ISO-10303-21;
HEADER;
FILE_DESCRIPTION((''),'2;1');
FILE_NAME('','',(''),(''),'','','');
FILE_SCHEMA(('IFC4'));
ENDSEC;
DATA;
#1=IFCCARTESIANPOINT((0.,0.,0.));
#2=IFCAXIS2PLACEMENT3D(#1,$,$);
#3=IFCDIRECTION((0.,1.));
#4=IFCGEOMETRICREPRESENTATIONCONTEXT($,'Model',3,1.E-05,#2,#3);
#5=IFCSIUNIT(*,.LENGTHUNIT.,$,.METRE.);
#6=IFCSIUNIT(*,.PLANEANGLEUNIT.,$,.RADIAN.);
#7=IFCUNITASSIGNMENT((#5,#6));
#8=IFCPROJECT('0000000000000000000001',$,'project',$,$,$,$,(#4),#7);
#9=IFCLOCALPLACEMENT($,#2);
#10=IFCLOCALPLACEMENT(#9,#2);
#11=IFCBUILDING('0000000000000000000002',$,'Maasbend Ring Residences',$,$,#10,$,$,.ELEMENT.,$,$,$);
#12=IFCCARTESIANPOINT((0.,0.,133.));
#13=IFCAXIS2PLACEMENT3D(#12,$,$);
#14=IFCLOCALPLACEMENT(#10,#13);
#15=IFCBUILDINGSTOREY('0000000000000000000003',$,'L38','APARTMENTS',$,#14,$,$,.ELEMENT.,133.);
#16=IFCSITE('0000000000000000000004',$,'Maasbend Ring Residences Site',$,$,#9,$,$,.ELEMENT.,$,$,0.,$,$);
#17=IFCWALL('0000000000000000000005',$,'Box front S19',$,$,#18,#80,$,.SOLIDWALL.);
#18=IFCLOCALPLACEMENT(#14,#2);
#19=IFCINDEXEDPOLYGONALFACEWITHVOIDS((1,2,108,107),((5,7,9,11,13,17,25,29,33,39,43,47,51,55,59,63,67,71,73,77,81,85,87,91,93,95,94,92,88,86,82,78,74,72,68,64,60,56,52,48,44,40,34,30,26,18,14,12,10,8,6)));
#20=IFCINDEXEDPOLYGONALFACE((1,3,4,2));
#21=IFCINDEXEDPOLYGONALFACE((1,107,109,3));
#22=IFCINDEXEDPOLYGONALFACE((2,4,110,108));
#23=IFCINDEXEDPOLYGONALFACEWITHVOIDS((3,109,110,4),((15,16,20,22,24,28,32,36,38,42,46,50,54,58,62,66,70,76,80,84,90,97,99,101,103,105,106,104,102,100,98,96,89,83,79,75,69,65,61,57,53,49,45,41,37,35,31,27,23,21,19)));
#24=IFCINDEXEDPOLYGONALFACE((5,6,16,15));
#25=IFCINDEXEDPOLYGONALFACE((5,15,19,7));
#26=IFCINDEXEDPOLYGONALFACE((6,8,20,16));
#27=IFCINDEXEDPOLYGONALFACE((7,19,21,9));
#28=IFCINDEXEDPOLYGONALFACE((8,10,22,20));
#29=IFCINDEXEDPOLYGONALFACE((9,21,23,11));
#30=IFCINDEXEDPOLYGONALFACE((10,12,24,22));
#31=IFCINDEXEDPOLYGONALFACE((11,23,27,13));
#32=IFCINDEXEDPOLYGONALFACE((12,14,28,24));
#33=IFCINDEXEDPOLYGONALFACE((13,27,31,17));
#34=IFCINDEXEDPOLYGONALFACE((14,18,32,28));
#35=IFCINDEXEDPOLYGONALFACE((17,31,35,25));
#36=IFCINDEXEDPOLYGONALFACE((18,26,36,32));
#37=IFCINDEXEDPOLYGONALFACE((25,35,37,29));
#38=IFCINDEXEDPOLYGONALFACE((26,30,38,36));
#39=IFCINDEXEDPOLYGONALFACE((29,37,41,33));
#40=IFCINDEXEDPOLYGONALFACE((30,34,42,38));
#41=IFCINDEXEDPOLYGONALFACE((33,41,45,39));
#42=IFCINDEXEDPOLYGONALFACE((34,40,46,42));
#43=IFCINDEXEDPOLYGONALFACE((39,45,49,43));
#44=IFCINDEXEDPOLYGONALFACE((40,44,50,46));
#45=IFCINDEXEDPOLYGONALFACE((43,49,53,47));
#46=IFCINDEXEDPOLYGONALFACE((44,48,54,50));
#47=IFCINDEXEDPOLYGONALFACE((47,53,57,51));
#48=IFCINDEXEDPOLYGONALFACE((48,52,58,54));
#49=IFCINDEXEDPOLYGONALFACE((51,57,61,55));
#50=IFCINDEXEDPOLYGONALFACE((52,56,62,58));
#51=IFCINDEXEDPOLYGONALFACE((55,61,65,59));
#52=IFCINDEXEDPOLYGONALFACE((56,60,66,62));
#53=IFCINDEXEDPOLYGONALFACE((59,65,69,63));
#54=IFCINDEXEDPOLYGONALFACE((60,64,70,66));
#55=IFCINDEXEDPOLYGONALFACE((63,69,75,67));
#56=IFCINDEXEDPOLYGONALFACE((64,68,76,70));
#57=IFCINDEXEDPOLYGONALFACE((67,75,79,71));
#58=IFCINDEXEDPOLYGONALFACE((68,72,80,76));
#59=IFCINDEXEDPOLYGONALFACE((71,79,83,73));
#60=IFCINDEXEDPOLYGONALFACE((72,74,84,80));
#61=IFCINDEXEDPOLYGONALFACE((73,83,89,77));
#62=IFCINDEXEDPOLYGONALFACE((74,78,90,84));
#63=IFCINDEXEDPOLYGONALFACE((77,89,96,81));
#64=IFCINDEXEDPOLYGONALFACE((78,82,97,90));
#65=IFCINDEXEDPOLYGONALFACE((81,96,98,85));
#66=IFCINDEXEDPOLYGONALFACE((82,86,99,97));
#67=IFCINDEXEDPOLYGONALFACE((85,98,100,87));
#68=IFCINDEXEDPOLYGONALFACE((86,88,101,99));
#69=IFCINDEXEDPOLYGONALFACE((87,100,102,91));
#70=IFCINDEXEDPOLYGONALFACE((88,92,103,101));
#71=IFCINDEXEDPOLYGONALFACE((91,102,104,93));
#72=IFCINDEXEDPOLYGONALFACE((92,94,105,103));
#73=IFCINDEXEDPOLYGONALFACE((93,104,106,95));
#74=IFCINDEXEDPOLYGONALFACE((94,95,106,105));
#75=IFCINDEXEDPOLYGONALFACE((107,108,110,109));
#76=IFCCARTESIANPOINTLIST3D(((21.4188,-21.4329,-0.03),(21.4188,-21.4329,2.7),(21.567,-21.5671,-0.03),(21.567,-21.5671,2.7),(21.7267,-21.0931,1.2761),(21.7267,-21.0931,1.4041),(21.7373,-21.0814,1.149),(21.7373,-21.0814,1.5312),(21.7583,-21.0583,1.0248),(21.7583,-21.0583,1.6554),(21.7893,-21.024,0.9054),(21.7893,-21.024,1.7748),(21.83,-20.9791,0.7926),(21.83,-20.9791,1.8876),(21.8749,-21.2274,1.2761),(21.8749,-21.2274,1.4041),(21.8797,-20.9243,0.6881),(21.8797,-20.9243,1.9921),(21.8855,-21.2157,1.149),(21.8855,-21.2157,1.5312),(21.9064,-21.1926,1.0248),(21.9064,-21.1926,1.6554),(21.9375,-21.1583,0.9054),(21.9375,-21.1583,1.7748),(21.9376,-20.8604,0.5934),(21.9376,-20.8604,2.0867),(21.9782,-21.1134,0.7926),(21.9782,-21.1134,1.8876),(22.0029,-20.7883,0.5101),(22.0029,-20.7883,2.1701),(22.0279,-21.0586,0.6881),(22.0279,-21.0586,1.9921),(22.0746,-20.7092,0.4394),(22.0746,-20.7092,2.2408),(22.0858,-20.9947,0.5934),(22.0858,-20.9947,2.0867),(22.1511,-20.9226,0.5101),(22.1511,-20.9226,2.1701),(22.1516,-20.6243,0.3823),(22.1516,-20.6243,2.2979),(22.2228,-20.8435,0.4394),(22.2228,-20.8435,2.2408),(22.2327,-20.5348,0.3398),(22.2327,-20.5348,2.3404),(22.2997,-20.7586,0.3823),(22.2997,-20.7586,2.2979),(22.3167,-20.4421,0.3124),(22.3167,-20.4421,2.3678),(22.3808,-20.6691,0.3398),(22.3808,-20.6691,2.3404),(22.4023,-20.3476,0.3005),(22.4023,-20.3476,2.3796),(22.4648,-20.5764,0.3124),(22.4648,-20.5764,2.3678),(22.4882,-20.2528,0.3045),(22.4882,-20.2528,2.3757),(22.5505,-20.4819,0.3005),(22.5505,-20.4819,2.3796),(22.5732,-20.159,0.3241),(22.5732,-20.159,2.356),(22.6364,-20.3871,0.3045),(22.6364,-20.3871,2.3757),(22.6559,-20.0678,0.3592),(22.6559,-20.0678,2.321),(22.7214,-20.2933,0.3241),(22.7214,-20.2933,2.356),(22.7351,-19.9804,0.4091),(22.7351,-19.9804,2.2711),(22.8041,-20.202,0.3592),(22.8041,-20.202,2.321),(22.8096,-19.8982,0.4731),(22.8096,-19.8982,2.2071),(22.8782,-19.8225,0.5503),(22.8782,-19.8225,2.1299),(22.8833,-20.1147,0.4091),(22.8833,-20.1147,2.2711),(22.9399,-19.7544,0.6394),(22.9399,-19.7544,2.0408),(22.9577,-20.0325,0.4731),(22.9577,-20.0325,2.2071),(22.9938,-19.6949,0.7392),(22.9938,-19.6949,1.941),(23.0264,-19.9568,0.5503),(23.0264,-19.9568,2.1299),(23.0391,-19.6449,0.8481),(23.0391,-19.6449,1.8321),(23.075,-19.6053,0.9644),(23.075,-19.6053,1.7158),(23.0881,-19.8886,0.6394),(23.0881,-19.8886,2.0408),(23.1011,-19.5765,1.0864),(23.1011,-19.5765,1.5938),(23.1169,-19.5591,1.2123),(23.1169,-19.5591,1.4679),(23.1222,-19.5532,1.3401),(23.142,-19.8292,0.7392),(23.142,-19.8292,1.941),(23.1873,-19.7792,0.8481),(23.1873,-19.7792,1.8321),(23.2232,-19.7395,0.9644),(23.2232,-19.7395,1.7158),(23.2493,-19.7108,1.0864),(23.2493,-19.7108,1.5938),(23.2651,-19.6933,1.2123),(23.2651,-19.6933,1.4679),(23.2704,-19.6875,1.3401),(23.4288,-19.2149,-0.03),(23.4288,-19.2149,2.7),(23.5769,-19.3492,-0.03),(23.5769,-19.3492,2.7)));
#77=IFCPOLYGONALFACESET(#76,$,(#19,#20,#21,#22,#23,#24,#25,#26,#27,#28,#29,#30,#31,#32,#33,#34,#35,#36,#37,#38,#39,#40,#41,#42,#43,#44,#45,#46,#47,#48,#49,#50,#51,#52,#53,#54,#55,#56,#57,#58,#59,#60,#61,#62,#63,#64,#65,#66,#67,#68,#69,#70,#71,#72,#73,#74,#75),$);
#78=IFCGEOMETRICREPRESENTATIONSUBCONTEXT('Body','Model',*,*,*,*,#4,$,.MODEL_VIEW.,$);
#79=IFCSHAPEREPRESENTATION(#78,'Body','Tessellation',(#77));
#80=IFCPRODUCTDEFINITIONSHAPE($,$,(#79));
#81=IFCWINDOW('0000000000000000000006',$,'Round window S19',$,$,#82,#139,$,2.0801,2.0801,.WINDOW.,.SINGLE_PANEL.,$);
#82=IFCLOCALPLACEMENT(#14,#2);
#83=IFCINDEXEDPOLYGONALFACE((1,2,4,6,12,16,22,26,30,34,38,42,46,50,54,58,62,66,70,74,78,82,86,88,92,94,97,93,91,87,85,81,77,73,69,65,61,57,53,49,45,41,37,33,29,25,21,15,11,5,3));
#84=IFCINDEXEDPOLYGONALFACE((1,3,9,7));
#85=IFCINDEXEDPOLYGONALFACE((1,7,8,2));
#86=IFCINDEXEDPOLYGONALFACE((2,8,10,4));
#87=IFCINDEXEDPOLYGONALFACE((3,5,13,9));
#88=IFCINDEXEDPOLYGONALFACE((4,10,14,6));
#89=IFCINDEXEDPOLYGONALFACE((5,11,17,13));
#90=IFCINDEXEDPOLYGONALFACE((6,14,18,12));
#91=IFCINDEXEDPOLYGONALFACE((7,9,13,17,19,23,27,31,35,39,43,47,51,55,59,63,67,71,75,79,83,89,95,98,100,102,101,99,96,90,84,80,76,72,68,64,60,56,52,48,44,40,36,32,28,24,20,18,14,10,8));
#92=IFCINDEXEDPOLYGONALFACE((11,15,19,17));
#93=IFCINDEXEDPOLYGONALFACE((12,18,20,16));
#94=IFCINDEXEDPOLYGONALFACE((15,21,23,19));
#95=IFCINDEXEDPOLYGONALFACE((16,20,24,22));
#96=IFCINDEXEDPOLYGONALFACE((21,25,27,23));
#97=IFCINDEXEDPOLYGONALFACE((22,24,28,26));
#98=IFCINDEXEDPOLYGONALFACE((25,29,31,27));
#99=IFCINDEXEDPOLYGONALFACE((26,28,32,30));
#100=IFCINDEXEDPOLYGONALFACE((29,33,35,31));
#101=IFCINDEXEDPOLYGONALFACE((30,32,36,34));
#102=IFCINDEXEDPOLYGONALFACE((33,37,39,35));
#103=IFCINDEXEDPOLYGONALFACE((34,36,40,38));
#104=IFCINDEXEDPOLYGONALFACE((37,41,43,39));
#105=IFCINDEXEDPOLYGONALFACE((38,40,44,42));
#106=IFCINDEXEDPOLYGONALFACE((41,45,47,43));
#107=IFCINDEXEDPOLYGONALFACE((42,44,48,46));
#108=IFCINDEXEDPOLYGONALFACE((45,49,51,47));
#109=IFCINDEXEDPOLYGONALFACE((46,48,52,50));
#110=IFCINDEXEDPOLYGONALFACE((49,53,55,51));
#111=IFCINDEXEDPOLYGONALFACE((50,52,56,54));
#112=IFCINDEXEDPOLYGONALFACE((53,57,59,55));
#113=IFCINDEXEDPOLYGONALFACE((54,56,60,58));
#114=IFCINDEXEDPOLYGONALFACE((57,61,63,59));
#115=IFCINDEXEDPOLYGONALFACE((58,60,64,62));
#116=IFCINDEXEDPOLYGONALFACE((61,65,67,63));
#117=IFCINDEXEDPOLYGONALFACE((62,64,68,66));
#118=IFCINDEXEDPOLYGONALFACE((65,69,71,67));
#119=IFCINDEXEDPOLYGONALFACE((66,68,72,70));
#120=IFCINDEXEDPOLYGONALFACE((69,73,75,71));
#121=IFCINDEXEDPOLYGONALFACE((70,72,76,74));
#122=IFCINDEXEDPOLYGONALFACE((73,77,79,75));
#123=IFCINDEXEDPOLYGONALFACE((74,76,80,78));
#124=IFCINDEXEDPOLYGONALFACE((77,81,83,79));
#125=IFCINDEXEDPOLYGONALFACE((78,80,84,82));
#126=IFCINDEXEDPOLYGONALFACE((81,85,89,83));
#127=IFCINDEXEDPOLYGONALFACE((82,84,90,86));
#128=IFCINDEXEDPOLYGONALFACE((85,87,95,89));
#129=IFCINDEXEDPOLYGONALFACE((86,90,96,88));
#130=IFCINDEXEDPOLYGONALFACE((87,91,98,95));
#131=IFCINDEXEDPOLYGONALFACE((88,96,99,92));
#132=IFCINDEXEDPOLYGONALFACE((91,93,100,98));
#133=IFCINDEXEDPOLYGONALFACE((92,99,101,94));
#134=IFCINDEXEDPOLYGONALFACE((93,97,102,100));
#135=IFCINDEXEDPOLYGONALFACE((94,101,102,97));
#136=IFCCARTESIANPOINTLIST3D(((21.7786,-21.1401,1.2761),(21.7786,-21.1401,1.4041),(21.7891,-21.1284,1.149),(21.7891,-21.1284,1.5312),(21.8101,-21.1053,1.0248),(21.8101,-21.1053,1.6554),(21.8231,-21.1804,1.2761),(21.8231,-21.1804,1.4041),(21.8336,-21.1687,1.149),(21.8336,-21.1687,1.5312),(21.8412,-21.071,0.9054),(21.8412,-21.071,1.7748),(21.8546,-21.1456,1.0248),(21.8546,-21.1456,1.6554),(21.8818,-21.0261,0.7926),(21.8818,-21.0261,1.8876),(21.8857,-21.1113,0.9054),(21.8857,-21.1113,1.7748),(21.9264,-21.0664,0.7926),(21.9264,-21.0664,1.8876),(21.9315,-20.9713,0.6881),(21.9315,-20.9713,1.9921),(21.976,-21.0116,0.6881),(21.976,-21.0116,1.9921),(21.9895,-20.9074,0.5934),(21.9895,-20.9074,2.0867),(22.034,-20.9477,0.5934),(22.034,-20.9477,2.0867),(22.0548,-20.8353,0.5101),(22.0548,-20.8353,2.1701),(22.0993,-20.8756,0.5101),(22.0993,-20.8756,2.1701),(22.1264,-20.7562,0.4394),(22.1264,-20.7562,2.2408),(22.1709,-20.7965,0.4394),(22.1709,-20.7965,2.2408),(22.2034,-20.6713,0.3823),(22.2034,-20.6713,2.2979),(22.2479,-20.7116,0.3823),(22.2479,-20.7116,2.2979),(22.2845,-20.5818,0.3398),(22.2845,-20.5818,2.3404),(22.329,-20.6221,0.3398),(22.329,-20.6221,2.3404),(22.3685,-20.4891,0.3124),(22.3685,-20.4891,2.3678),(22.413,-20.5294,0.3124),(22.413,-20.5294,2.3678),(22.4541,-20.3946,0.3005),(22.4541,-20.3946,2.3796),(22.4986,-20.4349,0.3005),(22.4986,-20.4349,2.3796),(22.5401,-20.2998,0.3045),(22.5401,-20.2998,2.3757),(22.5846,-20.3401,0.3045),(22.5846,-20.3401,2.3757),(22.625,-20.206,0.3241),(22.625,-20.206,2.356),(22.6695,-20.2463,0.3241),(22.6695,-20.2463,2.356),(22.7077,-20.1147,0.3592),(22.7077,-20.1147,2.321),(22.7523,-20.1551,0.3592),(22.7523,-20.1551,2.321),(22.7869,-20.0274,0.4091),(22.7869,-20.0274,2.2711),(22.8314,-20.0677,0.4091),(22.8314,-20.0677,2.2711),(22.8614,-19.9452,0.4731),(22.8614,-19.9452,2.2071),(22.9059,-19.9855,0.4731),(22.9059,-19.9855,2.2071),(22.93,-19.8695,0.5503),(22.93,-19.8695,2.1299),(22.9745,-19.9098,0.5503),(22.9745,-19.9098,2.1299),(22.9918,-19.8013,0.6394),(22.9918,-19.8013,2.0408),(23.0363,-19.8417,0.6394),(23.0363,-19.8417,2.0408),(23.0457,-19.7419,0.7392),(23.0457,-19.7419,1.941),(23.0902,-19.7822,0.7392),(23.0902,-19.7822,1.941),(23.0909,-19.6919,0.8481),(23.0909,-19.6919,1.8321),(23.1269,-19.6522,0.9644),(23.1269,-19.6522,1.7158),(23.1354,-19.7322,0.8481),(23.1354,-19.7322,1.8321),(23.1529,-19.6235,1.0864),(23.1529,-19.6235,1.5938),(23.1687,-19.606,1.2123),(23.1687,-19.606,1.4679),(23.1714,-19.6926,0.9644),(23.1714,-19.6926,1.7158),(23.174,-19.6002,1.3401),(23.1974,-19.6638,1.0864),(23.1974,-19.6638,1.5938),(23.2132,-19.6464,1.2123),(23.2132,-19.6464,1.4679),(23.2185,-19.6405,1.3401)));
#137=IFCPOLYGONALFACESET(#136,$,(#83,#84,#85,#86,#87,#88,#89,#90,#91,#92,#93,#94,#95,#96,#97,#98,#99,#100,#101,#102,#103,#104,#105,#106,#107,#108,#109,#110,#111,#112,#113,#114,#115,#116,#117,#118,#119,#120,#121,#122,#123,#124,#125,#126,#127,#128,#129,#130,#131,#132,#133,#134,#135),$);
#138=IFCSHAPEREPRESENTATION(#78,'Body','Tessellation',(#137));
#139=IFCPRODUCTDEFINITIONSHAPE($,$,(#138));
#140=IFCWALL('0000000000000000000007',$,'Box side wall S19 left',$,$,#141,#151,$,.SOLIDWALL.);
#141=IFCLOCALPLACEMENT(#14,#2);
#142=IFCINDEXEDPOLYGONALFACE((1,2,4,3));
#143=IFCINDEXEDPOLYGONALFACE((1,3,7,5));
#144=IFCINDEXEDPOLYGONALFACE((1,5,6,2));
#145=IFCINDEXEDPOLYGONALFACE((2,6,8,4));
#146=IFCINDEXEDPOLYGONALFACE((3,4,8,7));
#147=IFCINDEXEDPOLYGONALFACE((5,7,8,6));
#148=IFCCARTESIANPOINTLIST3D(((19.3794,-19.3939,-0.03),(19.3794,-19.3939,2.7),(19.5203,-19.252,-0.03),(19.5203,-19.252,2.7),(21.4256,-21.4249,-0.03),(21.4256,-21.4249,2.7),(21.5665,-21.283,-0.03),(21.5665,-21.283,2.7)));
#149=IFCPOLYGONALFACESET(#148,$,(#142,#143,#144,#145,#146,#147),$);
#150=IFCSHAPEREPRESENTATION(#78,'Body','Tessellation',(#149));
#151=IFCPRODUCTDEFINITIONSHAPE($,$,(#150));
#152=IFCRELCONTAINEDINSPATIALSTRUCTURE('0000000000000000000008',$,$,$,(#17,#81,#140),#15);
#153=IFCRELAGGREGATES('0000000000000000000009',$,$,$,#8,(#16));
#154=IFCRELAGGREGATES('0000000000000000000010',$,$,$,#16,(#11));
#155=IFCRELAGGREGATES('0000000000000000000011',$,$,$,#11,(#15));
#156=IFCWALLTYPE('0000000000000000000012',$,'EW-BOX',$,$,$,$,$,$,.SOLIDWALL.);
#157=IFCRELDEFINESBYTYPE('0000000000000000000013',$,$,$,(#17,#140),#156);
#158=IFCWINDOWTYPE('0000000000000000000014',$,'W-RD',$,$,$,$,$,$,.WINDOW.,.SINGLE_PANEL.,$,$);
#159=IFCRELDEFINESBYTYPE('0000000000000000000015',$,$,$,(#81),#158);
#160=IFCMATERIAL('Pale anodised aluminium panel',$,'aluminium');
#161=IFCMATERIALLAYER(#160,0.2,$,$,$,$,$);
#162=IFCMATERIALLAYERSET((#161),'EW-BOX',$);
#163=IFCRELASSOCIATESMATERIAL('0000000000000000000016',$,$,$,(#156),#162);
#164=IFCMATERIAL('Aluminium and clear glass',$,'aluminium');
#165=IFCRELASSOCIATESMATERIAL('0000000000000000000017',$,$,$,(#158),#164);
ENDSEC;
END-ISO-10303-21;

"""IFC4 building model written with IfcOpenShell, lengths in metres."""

from ifc_helpers import new_model, si_unit, direction, frame, frame_2d, origin, place, context, subcontext, project, spatial, rectangle, circle, extrude, material, layer, layer_set, type_object, element, fill, save


model = new_model("IFC4")

# Units and contexts
model_context = context("Model", 3, precision=1e-05, world=origin(), true_north=direction((0.0, 1.0)))
body_context = subcontext(model_context, "Body", "Model", "MODEL_VIEW")
ifc_project = project(units=[si_unit("LENGTHUNIT", "METRE"), si_unit("PLANEANGLEUNIT", "RADIAN")], contexts=[model_context])

# Site, building, storey
site_placement = place(None, origin())
site = spatial("IfcSite", under=ifc_project, at=site_placement, Name="Maasbend Ring Residences Site", CompositionType="ELEMENT", RefElevation=0.0)
building_placement = place(site_placement, origin())
building = spatial("IfcBuilding", under=site, at=building_placement, Name="Maasbend Ring Residences", CompositionType="ELEMENT")
storey_placement = place(building_placement, frame((0.0, 0.0, 133.0)))
storey = spatial("IfcBuildingStorey", under=building, at=storey_placement, Name="L38", Description="APARTMENTS", CompositionType="ELEMENT", Elevation=133.0)

# Shared definitions
ifc_material_1 = material(Name="Pale anodised aluminium panel", Category="aluminium")
ifc_layer_1 = layer(ifc_material_1, 0.2)
ifc_layer_set_1 = layer_set([ifc_layer_1], Name="EW-BOX")
wall_type_1 = type_object("IfcWallType", Name="EW-BOX", PredefinedType="SOLIDWALL", material=ifc_layer_set_1)
ifc_material_2 = material(Name="Aluminium and clear glass", Category="aluminium")
window_type_1 = type_object("IfcWindowType", Name="W-RD", PartitioningType="SINGLE_PANEL", PredefinedType="WINDOW", material=ifc_material_2)

# Wall, opening, window
wall_1_placement = place(storey_placement, frame((21.4929, -21.5, -0.03), z_axis=(0.0, 0.0, 1.0), x_axis=(0.671507, 0.740998, 0.0)))
wall_1 = element("IfcWall", 1, at=wall_1_placement, inside=storey, type_object=wall_type_1, Name="Box front S19", PredefinedType="SOLIDWALL", context=body_context, shape_type="SweptSolid", body=[
    extrude(rectangle(XDim=2.9932, YDim=0.2, at=frame_2d((1.4966, 0.0))), origin(), (0.0, 0.0, 1.0), 2.73),
])
opening_1_placement = place(wall_1_placement, frame((0.4565, 0.0, 0.3301)))
opening_1 = element("IfcOpeningElement", 2, at=opening_1_placement, cuts=wall_1, PredefinedType="OPENING", context=body_context, shape_type="SweptSolid", body=[
    extrude(circle(Radius=1.04, at=frame_2d((1.04, 1.04))), frame((0.0, 0.1099, 0.0), z_axis=(0.0, -1.0, 0.0), x_axis=(1.0, 0.0, 0.0)), (0.0, 0.0, 1.0), 0.22),
])
window_1_placement = place(opening_1_placement, origin())
window_1 = element("IfcWindow", 3, at=window_1_placement, inside=storey, type_object=window_type_1, Name="Round window S19", OverallHeight=2.0801, OverallWidth=2.0801, PartitioningType="SINGLE_PANEL", PredefinedType="WINDOW", context=body_context, shape_type="SweptSolid", body=[
    extrude(circle(Radius=1.04, at=frame_2d((1.04, 1.04))), frame((0.0, 0.03, 0.0), z_axis=(0.0, -1.0, 0.0), x_axis=(1.0, 0.0, 0.0)), (0.0, 0.0, 1.0), 0.0601),
])
fill(opening_1, window_1)

# Wall
wall_2_placement = place(storey_placement, frame((19.45, -19.323, -0.03), z_axis=(0.0, 0.0, 1.0), x_axis=(0.709727, -0.704477, 0.0)))
element("IfcWall", 4, at=wall_2_placement, inside=storey, type_object=wall_type_1, Name="Box side wall S19 left", PredefinedType="SOLIDWALL", context=body_context, shape_type="SweptSolid", body=[
    extrude(rectangle(XDim=2.8831, YDim=0.2, at=frame_2d((1.4414, 0.0))), origin(), (0.0, 0.0, 1.0), 2.73),
])

save(model, "model.ifc")
